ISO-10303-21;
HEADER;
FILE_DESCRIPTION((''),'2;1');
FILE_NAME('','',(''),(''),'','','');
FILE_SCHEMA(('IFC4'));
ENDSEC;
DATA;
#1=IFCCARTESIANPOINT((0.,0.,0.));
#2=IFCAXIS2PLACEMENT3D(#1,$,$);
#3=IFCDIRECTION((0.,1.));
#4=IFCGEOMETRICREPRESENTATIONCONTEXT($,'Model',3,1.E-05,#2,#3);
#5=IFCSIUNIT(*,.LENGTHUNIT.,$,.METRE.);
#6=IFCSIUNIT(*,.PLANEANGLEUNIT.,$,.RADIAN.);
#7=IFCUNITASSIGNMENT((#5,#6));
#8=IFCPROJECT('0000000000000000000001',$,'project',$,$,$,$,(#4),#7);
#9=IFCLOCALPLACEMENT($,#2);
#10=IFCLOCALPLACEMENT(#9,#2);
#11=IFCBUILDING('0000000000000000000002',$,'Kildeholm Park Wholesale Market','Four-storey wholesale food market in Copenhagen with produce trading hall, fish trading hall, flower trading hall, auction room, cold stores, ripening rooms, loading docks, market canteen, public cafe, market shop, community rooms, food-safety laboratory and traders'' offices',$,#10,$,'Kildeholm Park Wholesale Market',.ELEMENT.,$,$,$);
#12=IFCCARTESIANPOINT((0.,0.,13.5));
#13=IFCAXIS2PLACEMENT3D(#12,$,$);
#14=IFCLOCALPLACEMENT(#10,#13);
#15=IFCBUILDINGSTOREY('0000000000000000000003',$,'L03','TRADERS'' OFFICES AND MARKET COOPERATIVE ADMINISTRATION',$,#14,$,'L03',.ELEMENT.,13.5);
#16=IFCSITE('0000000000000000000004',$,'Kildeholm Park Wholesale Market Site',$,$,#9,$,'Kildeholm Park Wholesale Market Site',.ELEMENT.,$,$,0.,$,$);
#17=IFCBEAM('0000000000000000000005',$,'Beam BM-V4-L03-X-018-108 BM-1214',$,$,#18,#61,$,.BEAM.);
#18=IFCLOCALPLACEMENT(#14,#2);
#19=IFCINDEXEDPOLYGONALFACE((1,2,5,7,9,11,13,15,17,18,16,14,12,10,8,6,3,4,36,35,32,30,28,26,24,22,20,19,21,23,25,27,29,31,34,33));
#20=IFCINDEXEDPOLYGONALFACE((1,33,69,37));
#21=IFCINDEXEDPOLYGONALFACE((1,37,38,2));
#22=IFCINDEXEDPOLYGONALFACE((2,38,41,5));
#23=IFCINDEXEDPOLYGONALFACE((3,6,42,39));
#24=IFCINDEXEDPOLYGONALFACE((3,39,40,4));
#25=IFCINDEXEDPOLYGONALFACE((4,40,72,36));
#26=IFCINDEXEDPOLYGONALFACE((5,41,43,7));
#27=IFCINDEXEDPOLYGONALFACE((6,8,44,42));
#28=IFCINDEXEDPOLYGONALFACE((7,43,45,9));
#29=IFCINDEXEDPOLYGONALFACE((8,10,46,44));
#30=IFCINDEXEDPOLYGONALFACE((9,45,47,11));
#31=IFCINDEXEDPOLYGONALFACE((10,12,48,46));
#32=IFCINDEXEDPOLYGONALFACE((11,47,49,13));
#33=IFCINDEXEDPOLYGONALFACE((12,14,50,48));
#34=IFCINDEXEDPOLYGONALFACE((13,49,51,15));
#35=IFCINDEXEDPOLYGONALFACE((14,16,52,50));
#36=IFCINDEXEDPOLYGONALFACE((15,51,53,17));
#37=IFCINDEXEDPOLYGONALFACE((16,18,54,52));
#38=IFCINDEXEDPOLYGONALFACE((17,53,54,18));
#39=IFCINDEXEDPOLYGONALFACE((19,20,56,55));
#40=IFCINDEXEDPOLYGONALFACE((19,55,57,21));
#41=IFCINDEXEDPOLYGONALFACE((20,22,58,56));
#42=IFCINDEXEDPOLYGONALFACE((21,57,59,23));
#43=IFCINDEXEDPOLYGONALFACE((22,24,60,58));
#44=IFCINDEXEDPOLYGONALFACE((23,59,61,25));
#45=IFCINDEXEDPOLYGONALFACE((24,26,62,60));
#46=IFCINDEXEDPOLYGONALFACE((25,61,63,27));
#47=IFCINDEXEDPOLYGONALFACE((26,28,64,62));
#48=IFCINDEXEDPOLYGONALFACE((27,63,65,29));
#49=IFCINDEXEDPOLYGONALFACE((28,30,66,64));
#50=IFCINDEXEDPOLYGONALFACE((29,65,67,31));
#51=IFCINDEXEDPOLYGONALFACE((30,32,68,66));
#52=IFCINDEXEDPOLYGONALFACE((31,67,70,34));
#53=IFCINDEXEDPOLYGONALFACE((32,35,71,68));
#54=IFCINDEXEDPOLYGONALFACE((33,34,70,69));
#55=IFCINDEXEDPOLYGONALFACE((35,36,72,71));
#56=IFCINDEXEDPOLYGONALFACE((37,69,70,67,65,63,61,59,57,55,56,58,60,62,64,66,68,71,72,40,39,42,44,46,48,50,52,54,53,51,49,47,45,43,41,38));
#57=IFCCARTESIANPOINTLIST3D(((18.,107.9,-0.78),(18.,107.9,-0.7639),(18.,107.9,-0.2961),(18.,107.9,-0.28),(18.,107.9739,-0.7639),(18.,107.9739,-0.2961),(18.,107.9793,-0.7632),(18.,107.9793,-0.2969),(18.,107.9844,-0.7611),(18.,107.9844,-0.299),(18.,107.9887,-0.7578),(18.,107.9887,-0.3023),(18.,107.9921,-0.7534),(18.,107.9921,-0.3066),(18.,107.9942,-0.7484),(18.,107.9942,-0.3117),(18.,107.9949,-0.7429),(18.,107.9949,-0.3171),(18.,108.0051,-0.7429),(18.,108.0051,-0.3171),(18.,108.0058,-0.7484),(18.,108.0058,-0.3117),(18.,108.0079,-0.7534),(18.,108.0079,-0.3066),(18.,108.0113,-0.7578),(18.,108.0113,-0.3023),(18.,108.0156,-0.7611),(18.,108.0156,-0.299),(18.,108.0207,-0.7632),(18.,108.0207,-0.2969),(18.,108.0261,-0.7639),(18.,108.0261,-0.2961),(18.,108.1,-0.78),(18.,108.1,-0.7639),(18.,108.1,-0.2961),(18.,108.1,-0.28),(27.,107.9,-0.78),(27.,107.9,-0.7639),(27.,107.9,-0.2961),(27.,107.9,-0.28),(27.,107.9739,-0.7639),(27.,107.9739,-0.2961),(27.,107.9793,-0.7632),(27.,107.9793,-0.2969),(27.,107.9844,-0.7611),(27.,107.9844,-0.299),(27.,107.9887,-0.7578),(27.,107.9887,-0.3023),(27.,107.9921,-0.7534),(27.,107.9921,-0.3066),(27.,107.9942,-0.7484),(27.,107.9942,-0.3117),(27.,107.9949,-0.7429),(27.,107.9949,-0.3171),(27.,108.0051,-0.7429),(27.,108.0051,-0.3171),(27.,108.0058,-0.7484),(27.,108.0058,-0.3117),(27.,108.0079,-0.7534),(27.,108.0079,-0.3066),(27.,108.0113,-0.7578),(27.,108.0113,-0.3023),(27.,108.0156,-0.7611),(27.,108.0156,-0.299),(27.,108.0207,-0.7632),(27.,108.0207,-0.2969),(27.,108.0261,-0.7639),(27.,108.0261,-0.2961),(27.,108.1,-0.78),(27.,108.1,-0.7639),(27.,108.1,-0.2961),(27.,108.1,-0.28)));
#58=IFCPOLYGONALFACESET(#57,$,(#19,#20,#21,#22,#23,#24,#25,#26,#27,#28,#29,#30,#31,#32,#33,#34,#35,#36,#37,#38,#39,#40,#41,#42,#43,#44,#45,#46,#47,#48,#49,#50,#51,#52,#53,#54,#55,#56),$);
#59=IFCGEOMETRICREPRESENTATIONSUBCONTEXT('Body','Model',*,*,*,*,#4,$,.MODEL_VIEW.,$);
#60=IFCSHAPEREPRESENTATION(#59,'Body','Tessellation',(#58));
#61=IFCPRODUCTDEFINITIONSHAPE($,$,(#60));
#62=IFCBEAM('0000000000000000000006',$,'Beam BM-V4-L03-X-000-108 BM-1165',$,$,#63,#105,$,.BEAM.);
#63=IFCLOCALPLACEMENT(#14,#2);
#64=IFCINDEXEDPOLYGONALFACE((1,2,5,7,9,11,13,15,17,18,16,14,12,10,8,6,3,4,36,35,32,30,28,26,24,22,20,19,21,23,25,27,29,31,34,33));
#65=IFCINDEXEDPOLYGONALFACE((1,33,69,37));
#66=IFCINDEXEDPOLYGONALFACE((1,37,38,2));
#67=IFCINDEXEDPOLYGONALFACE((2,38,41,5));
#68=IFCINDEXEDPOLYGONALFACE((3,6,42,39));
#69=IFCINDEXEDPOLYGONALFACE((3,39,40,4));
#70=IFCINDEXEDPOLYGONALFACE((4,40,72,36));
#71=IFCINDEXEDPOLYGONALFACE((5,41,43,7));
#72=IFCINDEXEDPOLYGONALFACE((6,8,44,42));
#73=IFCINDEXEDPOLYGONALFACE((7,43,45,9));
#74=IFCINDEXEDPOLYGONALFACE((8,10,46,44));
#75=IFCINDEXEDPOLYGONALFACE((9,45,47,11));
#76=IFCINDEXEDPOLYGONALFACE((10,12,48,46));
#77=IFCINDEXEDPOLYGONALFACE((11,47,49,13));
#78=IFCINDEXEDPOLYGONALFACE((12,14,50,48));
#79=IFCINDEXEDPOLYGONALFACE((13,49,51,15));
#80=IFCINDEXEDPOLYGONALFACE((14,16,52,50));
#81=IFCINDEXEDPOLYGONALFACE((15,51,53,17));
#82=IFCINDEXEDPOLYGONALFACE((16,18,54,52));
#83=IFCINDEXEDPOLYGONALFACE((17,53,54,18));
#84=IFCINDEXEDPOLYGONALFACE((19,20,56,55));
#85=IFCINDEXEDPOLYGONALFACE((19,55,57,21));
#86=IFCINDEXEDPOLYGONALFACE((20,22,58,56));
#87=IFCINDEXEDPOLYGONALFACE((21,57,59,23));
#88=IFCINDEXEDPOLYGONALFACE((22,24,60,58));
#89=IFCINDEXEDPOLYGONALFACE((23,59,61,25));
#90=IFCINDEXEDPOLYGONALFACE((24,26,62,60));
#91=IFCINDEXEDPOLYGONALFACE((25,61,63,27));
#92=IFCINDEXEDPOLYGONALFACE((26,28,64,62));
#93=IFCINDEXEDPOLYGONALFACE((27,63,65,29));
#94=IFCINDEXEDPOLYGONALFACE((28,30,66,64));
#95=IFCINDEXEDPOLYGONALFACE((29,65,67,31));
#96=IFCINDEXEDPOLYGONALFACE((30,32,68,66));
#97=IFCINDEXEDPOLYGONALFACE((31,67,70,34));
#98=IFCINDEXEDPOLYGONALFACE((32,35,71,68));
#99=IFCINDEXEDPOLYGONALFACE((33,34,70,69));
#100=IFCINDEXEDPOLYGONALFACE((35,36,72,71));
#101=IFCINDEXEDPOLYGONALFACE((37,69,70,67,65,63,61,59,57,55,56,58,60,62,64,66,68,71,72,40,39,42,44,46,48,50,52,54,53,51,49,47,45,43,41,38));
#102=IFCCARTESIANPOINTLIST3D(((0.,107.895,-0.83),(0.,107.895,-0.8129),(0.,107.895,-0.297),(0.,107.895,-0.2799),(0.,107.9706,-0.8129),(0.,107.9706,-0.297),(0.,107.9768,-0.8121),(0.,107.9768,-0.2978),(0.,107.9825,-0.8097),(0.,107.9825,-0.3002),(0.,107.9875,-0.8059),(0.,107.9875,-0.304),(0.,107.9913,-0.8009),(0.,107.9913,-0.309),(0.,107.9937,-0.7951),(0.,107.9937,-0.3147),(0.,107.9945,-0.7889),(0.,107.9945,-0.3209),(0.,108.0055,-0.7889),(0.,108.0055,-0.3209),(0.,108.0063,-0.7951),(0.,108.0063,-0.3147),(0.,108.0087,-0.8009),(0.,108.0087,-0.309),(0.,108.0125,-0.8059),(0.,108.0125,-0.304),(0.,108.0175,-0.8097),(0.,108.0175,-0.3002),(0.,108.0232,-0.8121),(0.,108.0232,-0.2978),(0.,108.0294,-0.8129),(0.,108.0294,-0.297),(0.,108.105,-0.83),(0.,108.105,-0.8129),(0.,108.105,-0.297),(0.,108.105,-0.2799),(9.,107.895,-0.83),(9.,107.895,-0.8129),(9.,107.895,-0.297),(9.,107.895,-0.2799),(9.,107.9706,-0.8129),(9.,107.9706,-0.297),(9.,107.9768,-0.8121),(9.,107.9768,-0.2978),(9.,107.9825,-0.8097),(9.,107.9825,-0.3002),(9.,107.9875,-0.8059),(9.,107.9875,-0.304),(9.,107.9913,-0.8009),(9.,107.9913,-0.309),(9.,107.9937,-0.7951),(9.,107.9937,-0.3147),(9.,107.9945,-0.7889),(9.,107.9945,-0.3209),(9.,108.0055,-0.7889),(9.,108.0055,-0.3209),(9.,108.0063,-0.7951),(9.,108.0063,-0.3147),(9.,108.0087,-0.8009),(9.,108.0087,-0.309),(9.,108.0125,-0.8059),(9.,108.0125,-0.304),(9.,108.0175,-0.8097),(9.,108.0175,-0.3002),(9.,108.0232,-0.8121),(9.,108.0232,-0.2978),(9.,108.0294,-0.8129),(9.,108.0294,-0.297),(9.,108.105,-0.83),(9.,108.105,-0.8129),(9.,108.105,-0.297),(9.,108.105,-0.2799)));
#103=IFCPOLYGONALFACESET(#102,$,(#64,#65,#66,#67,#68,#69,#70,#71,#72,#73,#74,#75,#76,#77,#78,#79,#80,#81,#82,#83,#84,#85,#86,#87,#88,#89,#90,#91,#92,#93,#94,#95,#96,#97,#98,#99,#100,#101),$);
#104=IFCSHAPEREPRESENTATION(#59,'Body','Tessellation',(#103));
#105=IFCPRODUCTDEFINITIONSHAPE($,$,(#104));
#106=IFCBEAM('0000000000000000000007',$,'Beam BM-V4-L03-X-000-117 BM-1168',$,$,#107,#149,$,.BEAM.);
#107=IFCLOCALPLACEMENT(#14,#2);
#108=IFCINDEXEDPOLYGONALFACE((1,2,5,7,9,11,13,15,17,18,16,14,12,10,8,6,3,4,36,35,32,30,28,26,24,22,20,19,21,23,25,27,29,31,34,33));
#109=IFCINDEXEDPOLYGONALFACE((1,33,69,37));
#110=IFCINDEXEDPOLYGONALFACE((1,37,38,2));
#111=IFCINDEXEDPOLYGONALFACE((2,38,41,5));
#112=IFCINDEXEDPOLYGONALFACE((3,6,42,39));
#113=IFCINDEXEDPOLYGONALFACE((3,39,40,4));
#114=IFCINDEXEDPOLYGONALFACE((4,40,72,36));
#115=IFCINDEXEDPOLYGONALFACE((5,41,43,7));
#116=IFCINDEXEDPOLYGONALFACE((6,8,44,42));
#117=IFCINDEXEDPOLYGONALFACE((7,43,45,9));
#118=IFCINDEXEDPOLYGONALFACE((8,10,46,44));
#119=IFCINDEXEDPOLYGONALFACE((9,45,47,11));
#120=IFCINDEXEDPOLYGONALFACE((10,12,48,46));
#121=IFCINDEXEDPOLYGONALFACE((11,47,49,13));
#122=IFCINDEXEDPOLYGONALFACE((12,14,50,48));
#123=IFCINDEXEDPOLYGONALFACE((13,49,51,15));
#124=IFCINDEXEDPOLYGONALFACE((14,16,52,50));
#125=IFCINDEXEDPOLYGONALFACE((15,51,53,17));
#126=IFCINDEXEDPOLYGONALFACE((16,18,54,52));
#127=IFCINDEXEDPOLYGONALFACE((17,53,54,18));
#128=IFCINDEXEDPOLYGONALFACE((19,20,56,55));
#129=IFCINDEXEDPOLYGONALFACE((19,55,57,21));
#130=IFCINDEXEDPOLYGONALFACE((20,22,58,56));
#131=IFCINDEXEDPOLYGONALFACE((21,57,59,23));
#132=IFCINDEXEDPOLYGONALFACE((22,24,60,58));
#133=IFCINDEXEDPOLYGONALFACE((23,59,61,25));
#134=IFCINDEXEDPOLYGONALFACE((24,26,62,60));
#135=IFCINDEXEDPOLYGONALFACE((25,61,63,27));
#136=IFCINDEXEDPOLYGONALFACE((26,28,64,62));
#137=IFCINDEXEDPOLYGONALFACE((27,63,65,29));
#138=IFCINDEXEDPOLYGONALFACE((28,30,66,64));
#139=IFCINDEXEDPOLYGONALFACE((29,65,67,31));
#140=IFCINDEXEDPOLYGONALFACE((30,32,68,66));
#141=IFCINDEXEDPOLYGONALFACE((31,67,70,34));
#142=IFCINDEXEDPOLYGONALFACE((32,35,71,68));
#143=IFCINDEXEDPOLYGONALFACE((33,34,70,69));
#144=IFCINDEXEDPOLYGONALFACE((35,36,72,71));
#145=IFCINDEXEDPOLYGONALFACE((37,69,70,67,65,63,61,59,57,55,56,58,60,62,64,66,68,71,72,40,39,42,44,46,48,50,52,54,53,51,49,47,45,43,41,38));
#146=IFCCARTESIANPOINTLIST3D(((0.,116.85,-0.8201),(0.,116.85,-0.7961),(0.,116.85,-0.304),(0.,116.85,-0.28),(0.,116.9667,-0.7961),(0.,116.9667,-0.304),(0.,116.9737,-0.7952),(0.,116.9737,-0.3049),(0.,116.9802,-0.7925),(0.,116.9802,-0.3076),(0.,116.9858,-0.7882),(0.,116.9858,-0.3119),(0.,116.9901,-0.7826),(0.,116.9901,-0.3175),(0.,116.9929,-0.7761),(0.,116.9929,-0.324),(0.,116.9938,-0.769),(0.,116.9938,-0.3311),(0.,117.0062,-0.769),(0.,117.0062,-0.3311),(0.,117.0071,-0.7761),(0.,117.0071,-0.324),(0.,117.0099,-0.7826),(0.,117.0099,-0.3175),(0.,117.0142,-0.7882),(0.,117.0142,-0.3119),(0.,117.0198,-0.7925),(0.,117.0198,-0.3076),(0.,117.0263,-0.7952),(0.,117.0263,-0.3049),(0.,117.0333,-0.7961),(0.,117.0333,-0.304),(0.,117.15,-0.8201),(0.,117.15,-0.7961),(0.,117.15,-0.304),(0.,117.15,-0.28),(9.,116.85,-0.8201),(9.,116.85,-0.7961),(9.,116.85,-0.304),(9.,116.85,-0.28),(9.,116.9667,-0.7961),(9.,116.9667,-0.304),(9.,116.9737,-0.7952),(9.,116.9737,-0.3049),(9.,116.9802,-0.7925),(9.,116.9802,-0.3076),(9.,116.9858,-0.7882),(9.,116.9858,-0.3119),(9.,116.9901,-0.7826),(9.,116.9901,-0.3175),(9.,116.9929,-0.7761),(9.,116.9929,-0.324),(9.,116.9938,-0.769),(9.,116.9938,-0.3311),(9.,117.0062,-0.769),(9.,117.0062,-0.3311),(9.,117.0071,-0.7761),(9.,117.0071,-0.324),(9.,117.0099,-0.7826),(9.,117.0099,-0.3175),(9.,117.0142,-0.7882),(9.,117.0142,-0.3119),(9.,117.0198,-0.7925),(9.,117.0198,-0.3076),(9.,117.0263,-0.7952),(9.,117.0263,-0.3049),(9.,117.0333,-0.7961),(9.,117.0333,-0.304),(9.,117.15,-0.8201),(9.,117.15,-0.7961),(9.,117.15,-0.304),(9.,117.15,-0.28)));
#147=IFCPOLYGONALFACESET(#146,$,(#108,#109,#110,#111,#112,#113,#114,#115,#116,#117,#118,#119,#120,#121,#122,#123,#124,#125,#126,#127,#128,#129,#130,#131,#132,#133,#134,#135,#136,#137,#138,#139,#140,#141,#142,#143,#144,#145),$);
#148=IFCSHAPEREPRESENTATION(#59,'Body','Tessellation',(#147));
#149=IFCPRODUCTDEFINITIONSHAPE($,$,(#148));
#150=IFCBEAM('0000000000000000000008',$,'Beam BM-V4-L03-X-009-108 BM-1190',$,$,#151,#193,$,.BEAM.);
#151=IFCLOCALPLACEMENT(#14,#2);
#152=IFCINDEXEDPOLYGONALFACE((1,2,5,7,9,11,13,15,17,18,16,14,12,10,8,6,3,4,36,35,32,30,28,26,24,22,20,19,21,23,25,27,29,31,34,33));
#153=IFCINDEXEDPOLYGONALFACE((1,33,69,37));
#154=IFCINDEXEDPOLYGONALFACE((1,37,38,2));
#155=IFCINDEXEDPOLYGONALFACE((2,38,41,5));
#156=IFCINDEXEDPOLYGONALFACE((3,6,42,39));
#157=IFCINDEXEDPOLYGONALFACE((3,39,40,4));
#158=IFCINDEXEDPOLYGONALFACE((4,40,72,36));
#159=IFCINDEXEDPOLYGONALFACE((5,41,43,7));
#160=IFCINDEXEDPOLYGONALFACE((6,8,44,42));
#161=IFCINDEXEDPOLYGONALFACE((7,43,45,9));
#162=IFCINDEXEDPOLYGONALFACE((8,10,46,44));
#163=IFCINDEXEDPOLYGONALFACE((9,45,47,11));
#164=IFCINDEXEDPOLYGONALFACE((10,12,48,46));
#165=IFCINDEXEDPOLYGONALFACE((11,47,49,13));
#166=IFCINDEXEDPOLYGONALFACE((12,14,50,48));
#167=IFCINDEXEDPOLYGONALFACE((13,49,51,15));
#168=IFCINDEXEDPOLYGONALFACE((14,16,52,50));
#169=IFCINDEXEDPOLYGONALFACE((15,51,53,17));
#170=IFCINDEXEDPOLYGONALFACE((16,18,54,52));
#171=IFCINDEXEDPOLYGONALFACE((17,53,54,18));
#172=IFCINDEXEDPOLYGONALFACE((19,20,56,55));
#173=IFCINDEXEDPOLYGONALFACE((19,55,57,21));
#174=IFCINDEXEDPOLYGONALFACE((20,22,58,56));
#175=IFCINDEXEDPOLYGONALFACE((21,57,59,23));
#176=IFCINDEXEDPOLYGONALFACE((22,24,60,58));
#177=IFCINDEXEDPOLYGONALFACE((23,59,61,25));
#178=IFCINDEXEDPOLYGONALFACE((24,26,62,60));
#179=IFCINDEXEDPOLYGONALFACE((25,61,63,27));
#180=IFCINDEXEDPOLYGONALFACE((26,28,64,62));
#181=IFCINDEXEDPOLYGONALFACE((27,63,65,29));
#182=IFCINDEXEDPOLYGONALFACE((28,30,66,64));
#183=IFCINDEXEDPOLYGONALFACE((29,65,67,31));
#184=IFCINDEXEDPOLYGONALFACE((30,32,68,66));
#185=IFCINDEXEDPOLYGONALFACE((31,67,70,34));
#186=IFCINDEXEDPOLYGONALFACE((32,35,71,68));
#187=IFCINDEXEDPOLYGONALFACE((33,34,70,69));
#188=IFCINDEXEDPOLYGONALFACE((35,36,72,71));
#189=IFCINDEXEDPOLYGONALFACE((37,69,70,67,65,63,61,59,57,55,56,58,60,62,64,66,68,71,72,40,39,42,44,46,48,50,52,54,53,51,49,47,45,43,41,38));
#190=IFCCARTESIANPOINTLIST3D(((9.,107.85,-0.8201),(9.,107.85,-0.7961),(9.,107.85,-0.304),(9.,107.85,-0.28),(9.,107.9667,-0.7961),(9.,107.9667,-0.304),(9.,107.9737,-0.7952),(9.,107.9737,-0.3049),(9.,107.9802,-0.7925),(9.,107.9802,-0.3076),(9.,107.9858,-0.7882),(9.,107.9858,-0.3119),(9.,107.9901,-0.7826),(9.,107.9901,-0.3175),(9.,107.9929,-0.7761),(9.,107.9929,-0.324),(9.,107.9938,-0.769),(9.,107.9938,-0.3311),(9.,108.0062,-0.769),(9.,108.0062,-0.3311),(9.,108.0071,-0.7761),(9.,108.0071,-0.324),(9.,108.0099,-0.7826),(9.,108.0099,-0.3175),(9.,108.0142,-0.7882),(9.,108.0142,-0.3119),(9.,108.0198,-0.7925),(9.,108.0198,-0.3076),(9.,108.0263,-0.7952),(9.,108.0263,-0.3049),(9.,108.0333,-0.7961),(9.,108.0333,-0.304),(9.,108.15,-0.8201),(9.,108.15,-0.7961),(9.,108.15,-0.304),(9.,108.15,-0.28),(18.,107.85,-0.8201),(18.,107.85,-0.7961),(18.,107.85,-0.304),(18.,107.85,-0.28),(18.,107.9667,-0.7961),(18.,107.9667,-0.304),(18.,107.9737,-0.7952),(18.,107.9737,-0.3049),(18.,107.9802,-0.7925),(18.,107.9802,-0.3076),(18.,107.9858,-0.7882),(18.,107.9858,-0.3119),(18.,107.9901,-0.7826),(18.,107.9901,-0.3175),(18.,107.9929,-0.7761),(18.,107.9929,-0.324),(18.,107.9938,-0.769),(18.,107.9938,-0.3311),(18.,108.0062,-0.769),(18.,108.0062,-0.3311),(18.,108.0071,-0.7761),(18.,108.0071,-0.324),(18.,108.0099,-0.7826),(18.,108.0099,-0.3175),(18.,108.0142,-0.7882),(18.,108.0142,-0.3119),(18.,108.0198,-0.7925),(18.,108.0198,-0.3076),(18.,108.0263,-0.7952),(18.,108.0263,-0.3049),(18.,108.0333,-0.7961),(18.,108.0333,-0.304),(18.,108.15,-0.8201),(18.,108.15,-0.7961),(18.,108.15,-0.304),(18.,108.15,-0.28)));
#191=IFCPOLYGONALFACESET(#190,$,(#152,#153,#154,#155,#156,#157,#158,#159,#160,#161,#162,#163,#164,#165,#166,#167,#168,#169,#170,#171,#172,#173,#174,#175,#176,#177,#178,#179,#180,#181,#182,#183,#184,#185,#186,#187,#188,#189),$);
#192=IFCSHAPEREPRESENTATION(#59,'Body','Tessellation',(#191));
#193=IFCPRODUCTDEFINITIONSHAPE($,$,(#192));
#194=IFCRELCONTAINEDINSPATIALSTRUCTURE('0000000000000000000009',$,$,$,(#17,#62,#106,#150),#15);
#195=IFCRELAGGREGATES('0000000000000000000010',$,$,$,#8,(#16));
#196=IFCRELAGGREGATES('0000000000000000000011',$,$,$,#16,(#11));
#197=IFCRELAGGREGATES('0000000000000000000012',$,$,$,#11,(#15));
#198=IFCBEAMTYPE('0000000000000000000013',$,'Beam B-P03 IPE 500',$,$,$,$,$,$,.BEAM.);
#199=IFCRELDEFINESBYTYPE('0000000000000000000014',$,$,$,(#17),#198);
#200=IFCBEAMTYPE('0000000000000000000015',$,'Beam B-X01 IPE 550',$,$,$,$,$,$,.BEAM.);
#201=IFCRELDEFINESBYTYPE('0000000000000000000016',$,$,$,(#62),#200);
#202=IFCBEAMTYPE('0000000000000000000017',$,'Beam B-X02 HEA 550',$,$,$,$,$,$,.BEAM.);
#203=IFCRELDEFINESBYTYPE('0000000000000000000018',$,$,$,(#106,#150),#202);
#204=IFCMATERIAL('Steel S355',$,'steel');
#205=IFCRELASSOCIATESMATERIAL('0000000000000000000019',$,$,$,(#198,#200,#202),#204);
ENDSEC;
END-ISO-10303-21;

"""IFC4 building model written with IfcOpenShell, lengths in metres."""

from ifc_helpers import new_model, si_unit, direction, frame, origin, origin_2d, place, context, subcontext, project, spatial, i_section, extrude, material, material_profile, profile_set, type_object, element, save


model = new_model("IFC4")

# Units and contexts
model_context = context("Model", 3, precision=1e-05, world=origin(), true_north=direction((0.0, 1.0)))
body_context = subcontext(model_context, "Body", "Model", "MODEL_VIEW")
ifc_project = project(units=[si_unit("LENGTHUNIT", "METRE"), si_unit("PLANEANGLEUNIT", "RADIAN")], contexts=[model_context])

# Site, building, storey
site_placement = place(None, origin())
site = spatial("IfcSite", under=ifc_project, at=site_placement, Name="Kildeholm Park Wholesale Market Site", LongName="Kildeholm Park Wholesale Market Site", CompositionType="ELEMENT", RefElevation=0.0)
building_placement = place(site_placement, origin())
building = spatial("IfcBuilding", under=site, at=building_placement, Name="Kildeholm Park Wholesale Market", Description="Four-storey wholesale food market in Copenhagen with produce trading hall, fish trading hall, flower trading hall, auction room, cold stores, ripening rooms, loading docks, market canteen, public cafe, market shop, community rooms, food-safety laboratory and traders' offices", LongName="Kildeholm Park Wholesale Market", CompositionType="ELEMENT")
storey_placement = place(building_placement, frame((0.0, 0.0, 13.5)))
storey = spatial("IfcBuildingStorey", under=building, at=storey_placement, Name="L03", Description="TRADERS' OFFICES AND MARKET COOPERATIVE ADMINISTRATION", LongName="L03", CompositionType="ELEMENT", Elevation=13.5)

# Beams
ifc_material_1 = material(Name="Steel S355", Category="steel")
ifc_material_profile_1 = material_profile(ifc_material_1, i_section(OverallWidth=0.2, OverallDepth=0.5, WebThickness=0.0103, FlangeThickness=0.0161, FilletRadius=0.021, at=origin_2d()), Name="IPE 500")
ifc_profile_set_1 = profile_set([ifc_material_profile_1], Name="Steel S355")
beam_type_1 = type_object("IfcBeamType", Name="Beam B-P03 IPE 500", PredefinedType="BEAM", material=ifc_profile_set_1)
for number, where, z_axis, x_axis, name in (
    (1, (18.0, 108.0, -0.53), (1.0, 0.0, 0.0), (0.0, 1.0, 0.0), "Beam BM-V4-L03-X-018-108 BM-1214"),
):
    element("IfcBeam", number, at=place(storey_placement, frame(where, z_axis=z_axis, x_axis=x_axis)), inside=storey, type_object=beam_type_1, Name=name, PredefinedType="BEAM", context=body_context, shape_type="SweptSolid", body=[
        extrude(i_section(OverallWidth=0.2, OverallDepth=0.5, WebThickness=0.0103, FlangeThickness=0.0161, FilletRadius=0.021, at=origin_2d()), origin(), (0.0, 0.0, 1.0), 9.0),
    ])
ifc_material_profile_2 = material_profile(ifc_material_1, i_section(OverallWidth=0.21, OverallDepth=0.55, WebThickness=0.011, FlangeThickness=0.0171, FilletRadius=0.0239, at=origin_2d()), Name="IPE 550")
ifc_profile_set_2 = profile_set([ifc_material_profile_2], Name="Steel S355")
beam_type_2 = type_object("IfcBeamType", Name="Beam B-X01 IPE 550", PredefinedType="BEAM", material=ifc_profile_set_2)
beam_1_placement = place(storey_placement, frame((0.0, 108.0, -0.5549), z_axis=(1.0, 0.0, 0.0), x_axis=(0.0, 1.0, 0.0)))
element("IfcBeam", 2, at=beam_1_placement, inside=storey, type_object=beam_type_2, Name="Beam BM-V4-L03-X-000-108 BM-1165", PredefinedType="BEAM", context=body_context, shape_type="SweptSolid", body=[
    extrude(i_section(OverallWidth=0.21, OverallDepth=0.55, WebThickness=0.011, FlangeThickness=0.0171, FilletRadius=0.0239, at=origin_2d()), origin(), (0.0, 0.0, 1.0), 9.0),
])
ifc_material_profile_3 = material_profile(ifc_material_1, i_section(OverallWidth=0.3, OverallDepth=0.54, WebThickness=0.0125, FlangeThickness=0.0239, FilletRadius=0.0271, at=origin_2d()), Name="HEA 550")
ifc_profile_set_3 = profile_set([ifc_material_profile_3], Name="Steel S355")
beam_type_3 = type_object("IfcBeamType", Name="Beam B-X02 HEA 550", PredefinedType="BEAM", material=ifc_profile_set_3)
for number, where, z_axis, x_axis, name in (
    (3, (0.0, 117.0, -0.55), (1.0, 0.0, 0.0), (0.0, 1.0, 0.0), "Beam BM-V4-L03-X-000-117 BM-1168"),
    (4, (9.0, 108.0, -0.55), (1.0, 0.0, 0.0), (0.0, 1.0, 0.0), "Beam BM-V4-L03-X-009-108 BM-1190"),
):
    element("IfcBeam", number, at=place(storey_placement, frame(where, z_axis=z_axis, x_axis=x_axis)), inside=storey, type_object=beam_type_3, Name=name, PredefinedType="BEAM", context=body_context, shape_type="SweptSolid", body=[
        extrude(i_section(OverallWidth=0.3, OverallDepth=0.54, WebThickness=0.0125, FlangeThickness=0.0239, FilletRadius=0.0271, at=origin_2d()), origin(), (0.0, 0.0, 1.0), 9.0),
    ])

save(model, "model.ifc")
